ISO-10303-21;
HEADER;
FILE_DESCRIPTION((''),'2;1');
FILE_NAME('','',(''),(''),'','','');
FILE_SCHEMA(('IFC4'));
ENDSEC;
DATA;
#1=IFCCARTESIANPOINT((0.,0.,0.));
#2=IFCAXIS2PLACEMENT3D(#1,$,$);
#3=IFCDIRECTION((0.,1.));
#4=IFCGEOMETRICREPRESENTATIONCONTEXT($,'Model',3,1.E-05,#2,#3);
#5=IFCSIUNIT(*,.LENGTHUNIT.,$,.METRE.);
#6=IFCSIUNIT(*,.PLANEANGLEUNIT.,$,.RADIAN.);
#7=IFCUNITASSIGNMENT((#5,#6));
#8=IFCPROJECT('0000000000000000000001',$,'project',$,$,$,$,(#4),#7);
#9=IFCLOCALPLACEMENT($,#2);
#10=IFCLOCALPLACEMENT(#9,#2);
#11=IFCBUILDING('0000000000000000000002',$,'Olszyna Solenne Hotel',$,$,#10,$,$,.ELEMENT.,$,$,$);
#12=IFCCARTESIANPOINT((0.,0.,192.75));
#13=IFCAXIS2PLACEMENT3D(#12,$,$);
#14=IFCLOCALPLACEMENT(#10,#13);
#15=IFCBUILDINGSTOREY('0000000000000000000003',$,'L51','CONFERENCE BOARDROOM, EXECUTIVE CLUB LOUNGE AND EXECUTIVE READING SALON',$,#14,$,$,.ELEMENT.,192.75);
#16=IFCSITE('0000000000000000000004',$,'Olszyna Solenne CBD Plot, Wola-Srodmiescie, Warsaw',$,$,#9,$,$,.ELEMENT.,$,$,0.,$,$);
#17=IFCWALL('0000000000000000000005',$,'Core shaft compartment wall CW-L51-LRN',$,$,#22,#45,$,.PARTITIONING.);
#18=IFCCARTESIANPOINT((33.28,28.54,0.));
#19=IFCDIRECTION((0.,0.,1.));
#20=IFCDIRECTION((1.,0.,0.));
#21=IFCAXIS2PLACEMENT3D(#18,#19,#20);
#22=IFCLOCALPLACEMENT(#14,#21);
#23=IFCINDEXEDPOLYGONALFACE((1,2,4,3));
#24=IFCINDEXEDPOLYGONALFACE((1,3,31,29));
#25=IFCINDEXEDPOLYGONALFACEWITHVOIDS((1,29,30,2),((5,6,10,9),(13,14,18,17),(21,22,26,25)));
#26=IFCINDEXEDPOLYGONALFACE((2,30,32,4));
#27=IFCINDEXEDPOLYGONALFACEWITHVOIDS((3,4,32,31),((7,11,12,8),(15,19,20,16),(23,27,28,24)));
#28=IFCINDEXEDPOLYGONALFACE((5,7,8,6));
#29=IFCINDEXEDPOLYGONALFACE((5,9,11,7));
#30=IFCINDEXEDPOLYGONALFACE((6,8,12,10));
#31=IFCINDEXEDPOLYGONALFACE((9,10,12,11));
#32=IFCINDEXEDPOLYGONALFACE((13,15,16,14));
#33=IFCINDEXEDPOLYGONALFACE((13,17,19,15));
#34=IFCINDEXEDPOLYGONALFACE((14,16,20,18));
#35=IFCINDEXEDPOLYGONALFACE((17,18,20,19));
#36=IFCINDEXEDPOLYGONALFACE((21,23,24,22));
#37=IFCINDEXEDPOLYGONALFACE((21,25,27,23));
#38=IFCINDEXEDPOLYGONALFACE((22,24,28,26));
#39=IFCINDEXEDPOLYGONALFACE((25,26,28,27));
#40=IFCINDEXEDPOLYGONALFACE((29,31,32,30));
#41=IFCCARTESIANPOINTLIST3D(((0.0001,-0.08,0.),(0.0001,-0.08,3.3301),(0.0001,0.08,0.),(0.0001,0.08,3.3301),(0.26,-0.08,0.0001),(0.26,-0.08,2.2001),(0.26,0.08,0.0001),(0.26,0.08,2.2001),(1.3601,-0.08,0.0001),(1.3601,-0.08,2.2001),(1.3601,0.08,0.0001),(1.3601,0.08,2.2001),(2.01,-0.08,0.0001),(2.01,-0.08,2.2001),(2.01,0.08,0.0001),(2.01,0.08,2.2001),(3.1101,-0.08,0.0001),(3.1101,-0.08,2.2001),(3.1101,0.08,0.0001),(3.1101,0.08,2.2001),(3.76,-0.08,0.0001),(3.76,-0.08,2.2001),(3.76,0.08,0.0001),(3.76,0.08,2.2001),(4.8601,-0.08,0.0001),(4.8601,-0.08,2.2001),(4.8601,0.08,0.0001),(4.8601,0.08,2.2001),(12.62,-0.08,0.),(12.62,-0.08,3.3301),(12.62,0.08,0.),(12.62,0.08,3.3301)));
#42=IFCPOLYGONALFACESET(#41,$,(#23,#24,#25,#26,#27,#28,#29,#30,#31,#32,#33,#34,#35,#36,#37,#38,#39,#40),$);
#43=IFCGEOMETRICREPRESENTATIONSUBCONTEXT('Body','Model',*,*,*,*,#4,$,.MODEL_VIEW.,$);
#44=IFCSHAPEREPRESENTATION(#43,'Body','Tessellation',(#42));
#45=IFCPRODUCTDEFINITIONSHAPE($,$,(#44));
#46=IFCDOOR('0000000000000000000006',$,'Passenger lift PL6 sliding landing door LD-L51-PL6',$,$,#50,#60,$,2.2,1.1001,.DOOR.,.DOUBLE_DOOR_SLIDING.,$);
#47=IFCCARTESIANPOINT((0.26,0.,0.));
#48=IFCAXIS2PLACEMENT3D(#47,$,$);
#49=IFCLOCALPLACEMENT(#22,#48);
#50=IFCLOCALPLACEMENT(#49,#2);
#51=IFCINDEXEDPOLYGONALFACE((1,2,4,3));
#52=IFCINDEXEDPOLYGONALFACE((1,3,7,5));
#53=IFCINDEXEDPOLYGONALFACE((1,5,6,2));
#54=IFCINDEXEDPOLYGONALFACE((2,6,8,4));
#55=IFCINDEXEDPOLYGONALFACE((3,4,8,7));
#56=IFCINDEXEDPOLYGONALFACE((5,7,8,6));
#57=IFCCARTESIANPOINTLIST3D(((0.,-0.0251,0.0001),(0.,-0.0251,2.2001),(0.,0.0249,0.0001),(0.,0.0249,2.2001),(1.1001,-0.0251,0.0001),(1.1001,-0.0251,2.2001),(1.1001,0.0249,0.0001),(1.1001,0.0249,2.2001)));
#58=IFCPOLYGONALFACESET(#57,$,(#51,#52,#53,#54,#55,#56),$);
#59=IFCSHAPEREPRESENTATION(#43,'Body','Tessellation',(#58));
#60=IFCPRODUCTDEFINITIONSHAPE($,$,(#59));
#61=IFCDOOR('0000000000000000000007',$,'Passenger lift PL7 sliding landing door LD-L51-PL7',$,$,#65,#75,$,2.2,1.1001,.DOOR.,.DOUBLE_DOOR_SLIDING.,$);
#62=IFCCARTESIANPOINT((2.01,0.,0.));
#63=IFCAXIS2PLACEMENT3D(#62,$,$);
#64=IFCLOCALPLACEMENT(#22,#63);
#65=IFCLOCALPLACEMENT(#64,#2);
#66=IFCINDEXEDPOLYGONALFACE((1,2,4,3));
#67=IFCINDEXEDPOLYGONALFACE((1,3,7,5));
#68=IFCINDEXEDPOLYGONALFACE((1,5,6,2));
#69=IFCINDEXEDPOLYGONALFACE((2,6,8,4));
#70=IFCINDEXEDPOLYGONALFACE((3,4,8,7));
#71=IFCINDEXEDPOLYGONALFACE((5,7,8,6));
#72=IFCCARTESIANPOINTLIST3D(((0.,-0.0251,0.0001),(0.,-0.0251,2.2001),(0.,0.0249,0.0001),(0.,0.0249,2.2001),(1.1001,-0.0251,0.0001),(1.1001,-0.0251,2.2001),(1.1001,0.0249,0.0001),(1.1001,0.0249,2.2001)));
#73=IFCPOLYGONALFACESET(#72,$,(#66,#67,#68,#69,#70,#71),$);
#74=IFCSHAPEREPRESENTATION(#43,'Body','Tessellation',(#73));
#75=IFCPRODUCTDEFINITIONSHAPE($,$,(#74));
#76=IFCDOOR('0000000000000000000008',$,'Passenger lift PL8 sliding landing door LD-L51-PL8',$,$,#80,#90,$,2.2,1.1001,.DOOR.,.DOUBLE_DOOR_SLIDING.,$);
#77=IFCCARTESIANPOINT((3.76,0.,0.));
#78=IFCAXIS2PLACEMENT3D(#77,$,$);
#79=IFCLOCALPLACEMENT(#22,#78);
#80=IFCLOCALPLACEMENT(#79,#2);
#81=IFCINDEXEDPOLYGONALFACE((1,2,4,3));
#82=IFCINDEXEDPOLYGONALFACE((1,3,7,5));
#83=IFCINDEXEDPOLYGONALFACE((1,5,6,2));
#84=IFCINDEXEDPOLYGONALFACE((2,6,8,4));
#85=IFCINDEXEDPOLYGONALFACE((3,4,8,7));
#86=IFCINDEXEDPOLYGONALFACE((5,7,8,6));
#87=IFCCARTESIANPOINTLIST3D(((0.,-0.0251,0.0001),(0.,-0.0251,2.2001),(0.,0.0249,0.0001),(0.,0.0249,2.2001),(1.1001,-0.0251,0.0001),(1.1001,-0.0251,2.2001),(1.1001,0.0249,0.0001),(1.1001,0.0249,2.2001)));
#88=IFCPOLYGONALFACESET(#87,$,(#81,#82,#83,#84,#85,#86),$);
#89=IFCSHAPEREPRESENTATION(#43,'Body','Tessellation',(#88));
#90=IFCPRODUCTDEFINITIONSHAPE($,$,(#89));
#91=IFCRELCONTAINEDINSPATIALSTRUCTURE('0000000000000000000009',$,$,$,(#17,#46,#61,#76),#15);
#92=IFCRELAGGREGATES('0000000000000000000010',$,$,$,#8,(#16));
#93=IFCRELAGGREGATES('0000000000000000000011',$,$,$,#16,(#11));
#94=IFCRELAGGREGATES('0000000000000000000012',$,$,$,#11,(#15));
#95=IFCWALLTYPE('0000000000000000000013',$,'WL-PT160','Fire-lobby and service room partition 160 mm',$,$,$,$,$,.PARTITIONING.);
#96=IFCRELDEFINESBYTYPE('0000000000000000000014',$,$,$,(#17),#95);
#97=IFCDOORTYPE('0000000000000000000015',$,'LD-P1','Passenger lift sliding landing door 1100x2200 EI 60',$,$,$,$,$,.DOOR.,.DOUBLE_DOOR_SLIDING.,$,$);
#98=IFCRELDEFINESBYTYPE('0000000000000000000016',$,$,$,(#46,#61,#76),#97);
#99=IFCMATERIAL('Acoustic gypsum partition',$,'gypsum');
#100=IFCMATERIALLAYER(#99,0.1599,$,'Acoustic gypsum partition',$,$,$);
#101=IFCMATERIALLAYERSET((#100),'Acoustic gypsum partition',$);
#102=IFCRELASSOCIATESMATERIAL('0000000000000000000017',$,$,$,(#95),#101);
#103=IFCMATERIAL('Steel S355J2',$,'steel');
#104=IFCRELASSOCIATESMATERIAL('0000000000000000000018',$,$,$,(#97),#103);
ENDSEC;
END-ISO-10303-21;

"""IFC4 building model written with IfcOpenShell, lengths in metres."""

from ifc_helpers import new_model, si_unit, direction, frame, frame_2d, origin, place, context, subcontext, project, spatial, rectangle, extrude, source, transform, mapped, material, layer, layer_set, type_object, type_shapes, element, fill, save


model = new_model("IFC4")

# Units and contexts
model_context = context("Model", 3, precision=1e-05, world=origin(), true_north=direction((0.0, 1.0)))
body_context = subcontext(model_context, "Body", "Model", "MODEL_VIEW")
ifc_project = project(units=[si_unit("LENGTHUNIT", "METRE"), si_unit("PLANEANGLEUNIT", "RADIAN")], contexts=[model_context])

# Site, building, storey
site_placement = place(None, origin())
site = spatial("IfcSite", under=ifc_project, at=site_placement, Name="Olszyna Solenne CBD Plot, Wola-Srodmiescie, Warsaw", CompositionType="ELEMENT", RefElevation=0.0)
building_placement = place(site_placement, origin())
building = spatial("IfcBuilding", under=site, at=building_placement, Name="Olszyna Solenne Hotel", CompositionType="ELEMENT")
storey_placement = place(building_placement, frame((0.0, 0.0, 192.75)))
storey = spatial("IfcBuildingStorey", under=building, at=storey_placement, Name="L51", Description="CONFERENCE BOARDROOM, EXECUTIVE CLUB LOUNGE AND EXECUTIVE READING SALON", CompositionType="ELEMENT", Elevation=192.75)

# Shared definitions
ifc_material_1 = material(Name="Steel S355J2", Category="steel")

# Shared definitions
ifc_material_2 = material(Name="Acoustic gypsum partition", Category="gypsum")
ifc_layer_1 = layer(ifc_material_2, 0.1599, Name="Acoustic gypsum partition")
ifc_layer_set_1 = layer_set([ifc_layer_1], Name="Acoustic gypsum partition")
wall_type_1 = type_object("IfcWallType", Name="WL-PT160", Description="Fire-lobby and service room partition 160 mm", PredefinedType="PARTITIONING", material=ifc_layer_set_1)

# Wall, openings, doors
door_type_1 = type_object("IfcDoorType", Name="LD-P1", Description="Passenger lift sliding landing door 1100x2200 EI 60", OperationType="DOUBLE_DOOR_SLIDING", PredefinedType="DOOR", material=ifc_material_1)
shared_shape_1 = source(origin(), body_context, "Body", "SweptSolid", [
    extrude(rectangle(XDim=1.1001, YDim=2.2, at=frame_2d((0.55, 1.1001))), frame((0.0, 0.0249, 0.0), z_axis=(0.0, -1.0, 0.0), x_axis=(1.0, 0.0, 0.0)), (0.0, 0.0, 1.0), 0.05),
])
type_shapes(door_type_1, [shared_shape_1])
wall_1_placement = place(storey_placement, frame((33.28, 28.54, 0.0), z_axis=(0.0, 0.0, 1.0), x_axis=(1.0, 0.0, 0.0)))
wall_1 = element("IfcWall", 1, at=wall_1_placement, inside=storey, type_object=wall_type_1, Name="Core shaft compartment wall CW-L51-LRN", PredefinedType="PARTITIONING", context=body_context, shape_type="SweptSolid", body=[
    extrude(rectangle(XDim=12.6199, YDim=0.1599, at=frame_2d((6.3101, 0.0))), origin(), (0.0, 0.0, 1.0), 3.3301),
])
opening_1_placement = place(wall_1_placement, frame((0.26, 0.0, 0.0)))
opening_1 = element("IfcOpeningElement", 2, at=opening_1_placement, cuts=wall_1, PredefinedType="OPENING", context=body_context, shape_type="SweptSolid", body=[
    extrude(rectangle(XDim=1.1001, YDim=2.2, at=frame_2d((0.55, 1.1001))), frame((0.0, 0.0898, 0.0), z_axis=(0.0, -1.0, 0.0), x_axis=(1.0, 0.0, 0.0)), (0.0, 0.0, 1.0), 0.1799),
])
opening_2_placement = place(wall_1_placement, frame((2.01, 0.0, 0.0)))
opening_2 = element("IfcOpeningElement", 3, at=opening_2_placement, cuts=wall_1, PredefinedType="OPENING", context=body_context, shape_type="SweptSolid", body=[
    extrude(rectangle(XDim=1.1001, YDim=2.2, at=frame_2d((0.55, 1.1001))), frame((0.0, 0.0898, 0.0), z_axis=(0.0, -1.0, 0.0), x_axis=(1.0, 0.0, 0.0)), (0.0, 0.0, 1.0), 0.1799),
])
opening_3_placement = place(wall_1_placement, frame((3.76, 0.0, 0.0)))
opening_3 = element("IfcOpeningElement", 4, at=opening_3_placement, cuts=wall_1, PredefinedType="OPENING", context=body_context, shape_type="SweptSolid", body=[
    extrude(rectangle(XDim=1.1001, YDim=2.2, at=frame_2d((0.55, 1.1001))), frame((0.0, 0.0898, 0.0), z_axis=(0.0, -1.0, 0.0), x_axis=(1.0, 0.0, 0.0)), (0.0, 0.0, 1.0), 0.1799),
])
door_1_placement = place(opening_1_placement, origin())
door_1 = element("IfcDoor", 5, at=door_1_placement, inside=storey, type_object=door_type_1, Name="Passenger lift PL6 sliding landing door LD-L51-PL6", OperationType="DOUBLE_DOOR_SLIDING", OverallHeight=2.2, OverallWidth=1.1001, PredefinedType="DOOR", context=body_context, shape_type="MappedRepresentation", body=[
    mapped(shared_shape_1, transform((0.0, 0.0, 0.0), x_axis=(1.0, 0.0, 0.0), y_axis=(0.0, 1.0, 0.0), z_axis=(0.0, 0.0, 1.0), scale=1.0)),
])
fill(opening_1, door_1)
door_2_placement = place(opening_2_placement, origin())
door_2 = element("IfcDoor", 6, at=door_2_placement, inside=storey, type_object=door_type_1, Name="Passenger lift PL7 sliding landing door LD-L51-PL7", OperationType="DOUBLE_DOOR_SLIDING", OverallHeight=2.2, OverallWidth=1.1001, PredefinedType="DOOR", context=body_context, shape_type="MappedRepresentation", body=[
    mapped(shared_shape_1, transform((0.0, 0.0, 0.0), x_axis=(1.0, 0.0, 0.0), y_axis=(0.0, 1.0, 0.0), z_axis=(0.0, 0.0, 1.0), scale=1.0)),
])
fill(opening_2, door_2)
door_3_placement = place(opening_3_placement, origin())
door_3 = element("IfcDoor", 7, at=door_3_placement, inside=storey, type_object=door_type_1, Name="Passenger lift PL8 sliding landing door LD-L51-PL8", OperationType="DOUBLE_DOOR_SLIDING", OverallHeight=2.2, OverallWidth=1.1001, PredefinedType="DOOR", context=body_context, shape_type="MappedRepresentation", body=[
    mapped(shared_shape_1, transform((0.0, 0.0, 0.0), x_axis=(1.0, 0.0, 0.0), y_axis=(0.0, 1.0, 0.0), z_axis=(0.0, 0.0, 1.0), scale=1.0)),
])
fill(opening_3, door_3)

save(model, "model.ifc")
